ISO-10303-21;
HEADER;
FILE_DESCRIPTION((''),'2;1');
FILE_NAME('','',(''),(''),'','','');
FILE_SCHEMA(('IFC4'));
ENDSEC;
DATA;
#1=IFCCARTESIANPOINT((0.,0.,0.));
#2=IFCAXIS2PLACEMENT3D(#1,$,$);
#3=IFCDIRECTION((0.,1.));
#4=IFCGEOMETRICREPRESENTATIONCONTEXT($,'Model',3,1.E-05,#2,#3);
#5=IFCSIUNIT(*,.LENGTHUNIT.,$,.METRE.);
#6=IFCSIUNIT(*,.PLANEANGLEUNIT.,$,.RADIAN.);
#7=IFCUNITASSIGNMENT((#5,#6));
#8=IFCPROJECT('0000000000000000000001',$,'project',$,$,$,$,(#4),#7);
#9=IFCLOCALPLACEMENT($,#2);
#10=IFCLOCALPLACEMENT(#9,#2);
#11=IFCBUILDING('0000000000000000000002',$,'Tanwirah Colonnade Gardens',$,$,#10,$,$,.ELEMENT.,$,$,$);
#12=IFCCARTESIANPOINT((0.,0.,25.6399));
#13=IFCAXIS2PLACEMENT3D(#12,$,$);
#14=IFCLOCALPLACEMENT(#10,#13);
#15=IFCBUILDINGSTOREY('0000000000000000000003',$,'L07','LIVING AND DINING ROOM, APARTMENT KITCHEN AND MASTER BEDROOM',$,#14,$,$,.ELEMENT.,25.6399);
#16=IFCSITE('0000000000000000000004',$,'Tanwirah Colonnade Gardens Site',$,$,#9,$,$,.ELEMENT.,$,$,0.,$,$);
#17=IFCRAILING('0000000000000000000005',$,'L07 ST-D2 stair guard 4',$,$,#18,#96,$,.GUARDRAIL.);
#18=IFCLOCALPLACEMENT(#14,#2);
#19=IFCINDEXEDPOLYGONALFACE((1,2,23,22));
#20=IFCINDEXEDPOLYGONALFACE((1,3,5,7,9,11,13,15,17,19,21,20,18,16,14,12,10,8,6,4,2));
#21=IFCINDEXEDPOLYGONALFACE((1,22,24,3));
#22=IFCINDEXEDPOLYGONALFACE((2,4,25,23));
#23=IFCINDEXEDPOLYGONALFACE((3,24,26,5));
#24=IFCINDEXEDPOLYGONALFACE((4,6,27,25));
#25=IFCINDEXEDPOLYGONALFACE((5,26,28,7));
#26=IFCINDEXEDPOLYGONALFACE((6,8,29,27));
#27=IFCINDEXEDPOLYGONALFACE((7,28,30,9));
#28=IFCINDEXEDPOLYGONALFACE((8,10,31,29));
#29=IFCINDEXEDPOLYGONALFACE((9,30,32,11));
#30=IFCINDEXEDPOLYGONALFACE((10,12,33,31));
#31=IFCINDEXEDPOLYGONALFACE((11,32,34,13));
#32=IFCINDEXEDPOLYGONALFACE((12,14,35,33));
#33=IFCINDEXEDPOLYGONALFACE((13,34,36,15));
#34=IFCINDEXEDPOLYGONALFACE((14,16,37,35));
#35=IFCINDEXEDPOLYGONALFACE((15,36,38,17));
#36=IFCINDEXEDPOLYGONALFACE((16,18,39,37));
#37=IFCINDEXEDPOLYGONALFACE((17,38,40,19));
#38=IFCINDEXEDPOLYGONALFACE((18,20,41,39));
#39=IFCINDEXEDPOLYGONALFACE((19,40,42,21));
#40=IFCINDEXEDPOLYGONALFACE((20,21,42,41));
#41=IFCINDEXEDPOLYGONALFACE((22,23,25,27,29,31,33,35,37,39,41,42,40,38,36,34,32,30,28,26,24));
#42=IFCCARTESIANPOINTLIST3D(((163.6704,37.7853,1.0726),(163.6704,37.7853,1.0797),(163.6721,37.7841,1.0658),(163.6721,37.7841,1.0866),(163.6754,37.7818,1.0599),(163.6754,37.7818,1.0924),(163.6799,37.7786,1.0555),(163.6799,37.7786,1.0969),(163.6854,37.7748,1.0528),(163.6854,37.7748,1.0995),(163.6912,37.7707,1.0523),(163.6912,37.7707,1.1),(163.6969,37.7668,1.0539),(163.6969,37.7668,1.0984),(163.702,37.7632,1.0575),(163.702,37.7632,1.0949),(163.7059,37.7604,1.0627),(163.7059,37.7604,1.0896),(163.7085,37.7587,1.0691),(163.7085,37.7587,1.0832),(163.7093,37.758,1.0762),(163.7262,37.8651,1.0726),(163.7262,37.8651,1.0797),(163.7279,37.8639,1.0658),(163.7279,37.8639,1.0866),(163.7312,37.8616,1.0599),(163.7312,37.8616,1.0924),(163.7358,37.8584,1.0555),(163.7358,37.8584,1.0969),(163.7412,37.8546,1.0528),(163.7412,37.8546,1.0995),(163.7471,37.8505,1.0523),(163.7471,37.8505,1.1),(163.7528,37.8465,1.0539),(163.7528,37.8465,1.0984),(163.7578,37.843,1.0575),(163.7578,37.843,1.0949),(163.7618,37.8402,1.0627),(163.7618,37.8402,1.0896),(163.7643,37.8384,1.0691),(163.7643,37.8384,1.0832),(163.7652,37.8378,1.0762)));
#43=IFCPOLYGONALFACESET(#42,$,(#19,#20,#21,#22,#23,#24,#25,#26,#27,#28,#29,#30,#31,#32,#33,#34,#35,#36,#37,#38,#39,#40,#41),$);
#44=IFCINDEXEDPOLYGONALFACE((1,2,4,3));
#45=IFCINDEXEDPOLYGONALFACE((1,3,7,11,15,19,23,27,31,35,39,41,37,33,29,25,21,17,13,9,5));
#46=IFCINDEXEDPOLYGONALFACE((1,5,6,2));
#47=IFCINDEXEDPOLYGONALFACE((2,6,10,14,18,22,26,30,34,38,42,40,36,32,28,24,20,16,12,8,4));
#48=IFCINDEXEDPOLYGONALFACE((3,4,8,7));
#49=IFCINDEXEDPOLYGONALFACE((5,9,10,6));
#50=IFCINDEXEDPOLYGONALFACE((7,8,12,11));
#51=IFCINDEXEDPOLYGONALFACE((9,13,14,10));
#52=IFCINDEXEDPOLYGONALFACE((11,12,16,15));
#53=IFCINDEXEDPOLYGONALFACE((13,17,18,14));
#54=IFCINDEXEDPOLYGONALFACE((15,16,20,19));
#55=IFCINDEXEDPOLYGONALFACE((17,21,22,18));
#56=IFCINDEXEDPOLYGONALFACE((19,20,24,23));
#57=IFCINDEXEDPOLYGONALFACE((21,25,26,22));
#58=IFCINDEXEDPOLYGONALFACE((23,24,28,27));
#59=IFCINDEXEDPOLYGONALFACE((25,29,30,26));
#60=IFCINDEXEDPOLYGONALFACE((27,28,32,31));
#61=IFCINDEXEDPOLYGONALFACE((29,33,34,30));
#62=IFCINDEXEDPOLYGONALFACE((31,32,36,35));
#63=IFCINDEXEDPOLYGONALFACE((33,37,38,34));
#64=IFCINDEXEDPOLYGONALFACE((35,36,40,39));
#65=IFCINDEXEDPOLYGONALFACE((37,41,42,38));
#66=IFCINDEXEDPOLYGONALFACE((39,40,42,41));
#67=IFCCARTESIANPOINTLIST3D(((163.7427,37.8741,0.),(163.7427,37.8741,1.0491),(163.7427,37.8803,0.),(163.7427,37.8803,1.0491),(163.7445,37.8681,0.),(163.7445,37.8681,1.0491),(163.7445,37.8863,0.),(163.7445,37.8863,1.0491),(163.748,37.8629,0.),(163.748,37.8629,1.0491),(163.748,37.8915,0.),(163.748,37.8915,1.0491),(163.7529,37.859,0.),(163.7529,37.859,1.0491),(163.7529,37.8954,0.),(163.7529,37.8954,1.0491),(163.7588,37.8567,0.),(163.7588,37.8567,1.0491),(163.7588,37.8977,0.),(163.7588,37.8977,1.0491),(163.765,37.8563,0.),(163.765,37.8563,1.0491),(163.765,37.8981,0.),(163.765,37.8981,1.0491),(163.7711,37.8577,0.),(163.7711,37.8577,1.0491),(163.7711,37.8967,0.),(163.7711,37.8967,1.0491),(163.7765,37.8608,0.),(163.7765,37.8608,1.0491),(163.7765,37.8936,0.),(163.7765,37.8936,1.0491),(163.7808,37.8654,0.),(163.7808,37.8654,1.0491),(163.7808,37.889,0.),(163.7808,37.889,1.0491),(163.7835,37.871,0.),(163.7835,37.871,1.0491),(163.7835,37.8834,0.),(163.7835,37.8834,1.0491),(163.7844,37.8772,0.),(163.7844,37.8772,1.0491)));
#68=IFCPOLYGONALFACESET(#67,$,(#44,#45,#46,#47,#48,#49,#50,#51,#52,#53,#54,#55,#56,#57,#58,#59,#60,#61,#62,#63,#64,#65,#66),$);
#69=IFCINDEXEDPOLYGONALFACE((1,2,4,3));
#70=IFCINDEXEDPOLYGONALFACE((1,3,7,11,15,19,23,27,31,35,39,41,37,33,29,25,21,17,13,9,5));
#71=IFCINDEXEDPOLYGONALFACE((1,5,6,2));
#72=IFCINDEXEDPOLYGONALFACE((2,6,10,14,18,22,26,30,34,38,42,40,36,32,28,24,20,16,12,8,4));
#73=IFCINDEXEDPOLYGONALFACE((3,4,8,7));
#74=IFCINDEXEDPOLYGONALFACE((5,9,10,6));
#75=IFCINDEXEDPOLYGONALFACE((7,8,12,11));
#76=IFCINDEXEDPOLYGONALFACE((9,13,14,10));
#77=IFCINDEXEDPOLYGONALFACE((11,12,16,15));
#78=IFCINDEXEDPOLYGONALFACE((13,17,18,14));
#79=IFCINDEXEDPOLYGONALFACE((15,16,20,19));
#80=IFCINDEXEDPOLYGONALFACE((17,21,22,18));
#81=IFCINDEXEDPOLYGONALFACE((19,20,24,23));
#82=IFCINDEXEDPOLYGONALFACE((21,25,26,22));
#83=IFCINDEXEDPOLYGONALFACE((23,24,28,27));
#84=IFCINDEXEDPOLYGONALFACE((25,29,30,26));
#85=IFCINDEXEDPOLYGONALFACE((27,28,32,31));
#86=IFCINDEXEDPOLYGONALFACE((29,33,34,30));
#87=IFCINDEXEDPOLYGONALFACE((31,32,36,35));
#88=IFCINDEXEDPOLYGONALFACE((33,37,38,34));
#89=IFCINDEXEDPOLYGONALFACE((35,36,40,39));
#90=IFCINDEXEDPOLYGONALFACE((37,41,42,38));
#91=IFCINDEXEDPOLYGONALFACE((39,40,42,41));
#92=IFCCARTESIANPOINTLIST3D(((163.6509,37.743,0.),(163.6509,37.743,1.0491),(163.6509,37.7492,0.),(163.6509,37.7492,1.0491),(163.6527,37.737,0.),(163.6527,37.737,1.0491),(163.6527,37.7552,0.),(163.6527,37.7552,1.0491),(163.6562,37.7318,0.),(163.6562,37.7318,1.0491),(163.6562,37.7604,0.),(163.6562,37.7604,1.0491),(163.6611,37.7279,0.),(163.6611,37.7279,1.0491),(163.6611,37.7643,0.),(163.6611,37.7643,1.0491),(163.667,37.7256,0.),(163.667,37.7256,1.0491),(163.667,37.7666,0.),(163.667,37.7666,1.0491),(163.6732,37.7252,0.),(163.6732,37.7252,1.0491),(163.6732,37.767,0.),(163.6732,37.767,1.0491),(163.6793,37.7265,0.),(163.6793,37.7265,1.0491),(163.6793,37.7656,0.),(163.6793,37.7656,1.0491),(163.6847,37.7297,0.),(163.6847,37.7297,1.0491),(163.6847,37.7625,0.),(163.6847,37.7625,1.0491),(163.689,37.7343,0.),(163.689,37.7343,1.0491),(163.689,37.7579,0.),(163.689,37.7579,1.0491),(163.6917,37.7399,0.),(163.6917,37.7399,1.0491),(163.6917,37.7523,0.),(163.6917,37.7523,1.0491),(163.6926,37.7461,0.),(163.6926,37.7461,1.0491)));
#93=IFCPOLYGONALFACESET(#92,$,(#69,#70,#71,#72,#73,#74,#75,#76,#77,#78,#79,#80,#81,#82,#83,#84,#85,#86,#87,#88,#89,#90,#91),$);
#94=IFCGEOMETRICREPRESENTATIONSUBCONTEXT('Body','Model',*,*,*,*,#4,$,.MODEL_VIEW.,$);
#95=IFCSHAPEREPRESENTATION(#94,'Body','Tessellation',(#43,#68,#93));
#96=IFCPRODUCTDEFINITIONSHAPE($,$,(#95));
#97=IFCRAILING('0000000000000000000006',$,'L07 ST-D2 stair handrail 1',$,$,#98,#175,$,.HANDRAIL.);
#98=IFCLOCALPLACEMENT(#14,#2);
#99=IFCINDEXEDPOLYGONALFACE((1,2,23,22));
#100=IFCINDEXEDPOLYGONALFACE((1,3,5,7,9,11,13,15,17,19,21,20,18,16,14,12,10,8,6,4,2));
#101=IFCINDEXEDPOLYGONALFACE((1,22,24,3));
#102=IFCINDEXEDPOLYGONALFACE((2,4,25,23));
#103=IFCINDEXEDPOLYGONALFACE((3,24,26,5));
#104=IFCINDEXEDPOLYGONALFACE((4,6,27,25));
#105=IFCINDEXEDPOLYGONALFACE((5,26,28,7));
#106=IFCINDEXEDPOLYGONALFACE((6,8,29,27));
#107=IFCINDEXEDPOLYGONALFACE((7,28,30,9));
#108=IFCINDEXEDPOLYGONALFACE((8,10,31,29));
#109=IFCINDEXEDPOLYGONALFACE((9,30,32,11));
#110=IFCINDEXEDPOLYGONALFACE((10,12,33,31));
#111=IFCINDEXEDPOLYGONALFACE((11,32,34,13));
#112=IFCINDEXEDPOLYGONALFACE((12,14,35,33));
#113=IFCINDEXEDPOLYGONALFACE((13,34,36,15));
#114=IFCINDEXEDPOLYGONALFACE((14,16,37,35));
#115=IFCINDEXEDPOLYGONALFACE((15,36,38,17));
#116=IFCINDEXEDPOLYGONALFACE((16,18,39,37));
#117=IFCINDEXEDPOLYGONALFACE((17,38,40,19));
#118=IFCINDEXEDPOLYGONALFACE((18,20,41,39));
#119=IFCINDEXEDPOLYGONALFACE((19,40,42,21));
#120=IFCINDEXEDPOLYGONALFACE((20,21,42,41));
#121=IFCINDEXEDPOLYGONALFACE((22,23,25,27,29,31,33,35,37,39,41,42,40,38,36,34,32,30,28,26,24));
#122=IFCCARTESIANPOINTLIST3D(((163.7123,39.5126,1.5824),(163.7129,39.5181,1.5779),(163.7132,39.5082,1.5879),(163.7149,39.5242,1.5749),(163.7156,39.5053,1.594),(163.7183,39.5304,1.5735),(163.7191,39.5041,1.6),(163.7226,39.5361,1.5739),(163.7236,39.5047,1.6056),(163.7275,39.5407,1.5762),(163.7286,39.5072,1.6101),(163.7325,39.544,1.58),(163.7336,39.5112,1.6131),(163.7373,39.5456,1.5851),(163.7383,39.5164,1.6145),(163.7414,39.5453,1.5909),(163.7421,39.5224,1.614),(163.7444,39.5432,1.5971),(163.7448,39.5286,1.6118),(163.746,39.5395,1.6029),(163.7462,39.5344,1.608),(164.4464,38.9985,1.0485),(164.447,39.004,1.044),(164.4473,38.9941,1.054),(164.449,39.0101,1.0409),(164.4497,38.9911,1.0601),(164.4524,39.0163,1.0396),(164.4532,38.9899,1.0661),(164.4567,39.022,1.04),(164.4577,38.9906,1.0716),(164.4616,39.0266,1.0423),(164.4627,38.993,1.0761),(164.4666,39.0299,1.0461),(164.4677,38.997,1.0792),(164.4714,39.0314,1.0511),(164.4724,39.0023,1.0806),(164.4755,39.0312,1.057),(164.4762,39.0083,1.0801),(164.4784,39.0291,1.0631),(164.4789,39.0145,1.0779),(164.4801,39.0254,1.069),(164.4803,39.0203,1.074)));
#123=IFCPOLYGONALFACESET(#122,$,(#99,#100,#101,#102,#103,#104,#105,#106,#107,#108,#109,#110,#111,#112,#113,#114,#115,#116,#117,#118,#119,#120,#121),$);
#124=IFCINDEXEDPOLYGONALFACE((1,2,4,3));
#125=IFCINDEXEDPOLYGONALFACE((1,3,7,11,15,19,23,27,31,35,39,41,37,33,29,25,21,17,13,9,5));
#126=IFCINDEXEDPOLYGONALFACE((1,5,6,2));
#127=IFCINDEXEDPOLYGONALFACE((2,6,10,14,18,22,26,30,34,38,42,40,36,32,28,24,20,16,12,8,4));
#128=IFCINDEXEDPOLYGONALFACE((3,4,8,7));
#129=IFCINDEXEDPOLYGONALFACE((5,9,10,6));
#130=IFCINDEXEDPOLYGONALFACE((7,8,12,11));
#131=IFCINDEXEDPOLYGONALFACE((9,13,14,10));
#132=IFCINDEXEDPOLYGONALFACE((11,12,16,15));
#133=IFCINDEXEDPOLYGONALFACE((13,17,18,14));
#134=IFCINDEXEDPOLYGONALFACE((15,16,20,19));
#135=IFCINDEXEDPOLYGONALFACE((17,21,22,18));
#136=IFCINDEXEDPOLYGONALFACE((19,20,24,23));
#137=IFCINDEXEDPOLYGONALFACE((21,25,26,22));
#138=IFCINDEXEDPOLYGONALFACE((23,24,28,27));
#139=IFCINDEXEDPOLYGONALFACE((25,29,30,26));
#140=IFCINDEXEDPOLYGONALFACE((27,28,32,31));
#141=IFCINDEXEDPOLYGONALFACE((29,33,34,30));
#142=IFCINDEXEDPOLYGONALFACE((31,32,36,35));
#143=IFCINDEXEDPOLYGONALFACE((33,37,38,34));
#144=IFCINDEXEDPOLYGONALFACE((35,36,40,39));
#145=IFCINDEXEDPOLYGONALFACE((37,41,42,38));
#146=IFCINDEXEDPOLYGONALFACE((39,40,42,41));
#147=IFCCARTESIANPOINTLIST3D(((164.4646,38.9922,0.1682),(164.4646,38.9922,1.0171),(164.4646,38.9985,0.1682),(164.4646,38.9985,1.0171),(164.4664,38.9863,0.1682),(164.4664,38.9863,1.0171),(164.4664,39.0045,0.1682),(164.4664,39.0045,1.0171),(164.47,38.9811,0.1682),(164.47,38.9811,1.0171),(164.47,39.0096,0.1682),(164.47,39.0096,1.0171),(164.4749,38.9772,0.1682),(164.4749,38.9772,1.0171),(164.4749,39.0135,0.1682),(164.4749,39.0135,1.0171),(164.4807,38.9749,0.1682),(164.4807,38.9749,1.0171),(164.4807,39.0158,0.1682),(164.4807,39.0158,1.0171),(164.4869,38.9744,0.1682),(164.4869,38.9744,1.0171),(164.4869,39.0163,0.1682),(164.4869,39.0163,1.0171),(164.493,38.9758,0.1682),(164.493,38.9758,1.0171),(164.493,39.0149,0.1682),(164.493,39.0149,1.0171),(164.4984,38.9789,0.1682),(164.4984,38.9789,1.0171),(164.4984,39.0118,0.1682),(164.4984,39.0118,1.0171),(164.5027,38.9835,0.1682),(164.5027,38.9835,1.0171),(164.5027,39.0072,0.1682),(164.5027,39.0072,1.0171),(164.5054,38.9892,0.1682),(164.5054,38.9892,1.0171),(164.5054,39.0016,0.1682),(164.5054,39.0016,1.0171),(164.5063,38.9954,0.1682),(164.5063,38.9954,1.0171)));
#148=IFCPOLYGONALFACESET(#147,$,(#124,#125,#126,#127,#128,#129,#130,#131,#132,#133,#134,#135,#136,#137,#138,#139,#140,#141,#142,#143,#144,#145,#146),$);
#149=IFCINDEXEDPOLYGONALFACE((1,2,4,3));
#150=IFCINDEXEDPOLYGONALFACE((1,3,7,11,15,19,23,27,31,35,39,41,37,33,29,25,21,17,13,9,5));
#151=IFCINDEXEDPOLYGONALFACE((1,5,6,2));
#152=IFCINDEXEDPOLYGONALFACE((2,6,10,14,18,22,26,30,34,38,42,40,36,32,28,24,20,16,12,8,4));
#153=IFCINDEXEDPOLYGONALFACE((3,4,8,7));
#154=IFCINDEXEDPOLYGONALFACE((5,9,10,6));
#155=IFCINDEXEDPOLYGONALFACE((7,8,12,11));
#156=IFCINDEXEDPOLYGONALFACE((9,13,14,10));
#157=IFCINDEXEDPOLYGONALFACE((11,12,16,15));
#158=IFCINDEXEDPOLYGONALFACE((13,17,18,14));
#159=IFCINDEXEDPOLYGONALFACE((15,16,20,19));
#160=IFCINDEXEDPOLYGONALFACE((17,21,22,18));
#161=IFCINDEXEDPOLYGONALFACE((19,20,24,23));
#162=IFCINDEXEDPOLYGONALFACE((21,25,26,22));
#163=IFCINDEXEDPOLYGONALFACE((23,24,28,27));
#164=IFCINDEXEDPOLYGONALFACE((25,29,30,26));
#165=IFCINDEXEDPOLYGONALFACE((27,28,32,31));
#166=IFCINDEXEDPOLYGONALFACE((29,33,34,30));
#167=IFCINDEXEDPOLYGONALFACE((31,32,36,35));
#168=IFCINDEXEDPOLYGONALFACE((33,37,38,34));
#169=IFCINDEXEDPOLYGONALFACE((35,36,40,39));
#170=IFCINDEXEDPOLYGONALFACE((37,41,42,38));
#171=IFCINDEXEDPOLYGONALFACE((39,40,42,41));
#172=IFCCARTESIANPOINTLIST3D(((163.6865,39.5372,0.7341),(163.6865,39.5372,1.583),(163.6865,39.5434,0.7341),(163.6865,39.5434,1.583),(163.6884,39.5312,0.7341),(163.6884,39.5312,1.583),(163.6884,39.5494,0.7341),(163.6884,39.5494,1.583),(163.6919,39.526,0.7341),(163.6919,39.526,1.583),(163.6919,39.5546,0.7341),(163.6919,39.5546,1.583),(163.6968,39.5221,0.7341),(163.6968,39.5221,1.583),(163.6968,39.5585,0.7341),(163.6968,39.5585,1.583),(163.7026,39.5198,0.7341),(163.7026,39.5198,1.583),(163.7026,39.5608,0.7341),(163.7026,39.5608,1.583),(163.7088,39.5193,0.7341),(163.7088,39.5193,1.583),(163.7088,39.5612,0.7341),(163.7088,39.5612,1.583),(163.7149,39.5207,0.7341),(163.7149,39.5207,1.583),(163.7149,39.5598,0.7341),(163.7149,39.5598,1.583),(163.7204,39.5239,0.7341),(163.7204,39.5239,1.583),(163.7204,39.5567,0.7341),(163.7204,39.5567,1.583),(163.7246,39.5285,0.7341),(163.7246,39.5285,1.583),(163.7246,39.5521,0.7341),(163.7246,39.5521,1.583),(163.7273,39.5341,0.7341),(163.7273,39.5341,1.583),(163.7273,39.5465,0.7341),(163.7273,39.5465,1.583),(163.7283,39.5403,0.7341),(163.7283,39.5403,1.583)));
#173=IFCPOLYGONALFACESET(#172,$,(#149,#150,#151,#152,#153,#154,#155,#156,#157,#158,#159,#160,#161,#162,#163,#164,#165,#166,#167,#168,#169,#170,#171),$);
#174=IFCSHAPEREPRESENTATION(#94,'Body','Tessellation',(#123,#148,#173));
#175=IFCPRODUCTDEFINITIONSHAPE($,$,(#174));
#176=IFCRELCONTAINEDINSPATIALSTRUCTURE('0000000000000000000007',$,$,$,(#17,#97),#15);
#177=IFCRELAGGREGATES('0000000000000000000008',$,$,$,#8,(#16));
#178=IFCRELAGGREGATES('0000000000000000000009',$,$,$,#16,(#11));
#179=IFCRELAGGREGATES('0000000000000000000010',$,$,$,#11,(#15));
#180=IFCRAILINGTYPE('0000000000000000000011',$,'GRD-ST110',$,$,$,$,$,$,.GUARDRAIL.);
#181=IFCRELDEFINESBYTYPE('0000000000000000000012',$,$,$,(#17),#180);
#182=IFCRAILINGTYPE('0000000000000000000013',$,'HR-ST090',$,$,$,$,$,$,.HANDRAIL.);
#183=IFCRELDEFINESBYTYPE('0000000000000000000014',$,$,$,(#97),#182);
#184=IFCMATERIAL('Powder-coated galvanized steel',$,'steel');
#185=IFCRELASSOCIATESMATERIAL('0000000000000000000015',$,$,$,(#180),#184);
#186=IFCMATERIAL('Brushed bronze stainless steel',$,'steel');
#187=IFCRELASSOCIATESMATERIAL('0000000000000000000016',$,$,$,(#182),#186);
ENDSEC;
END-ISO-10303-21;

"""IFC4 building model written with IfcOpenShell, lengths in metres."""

from ifc_helpers import new_model, si_unit, direction, frame, origin, origin_2d, place, context, subcontext, project, spatial, circle, extrude, material, type_object, element, save


model = new_model("IFC4")

# Units and contexts
model_context = context("Model", 3, precision=1e-05, world=origin(), true_north=direction((0.0, 1.0)))
body_context = subcontext(model_context, "Body", "Model", "MODEL_VIEW")
ifc_project = project(units=[si_unit("LENGTHUNIT", "METRE"), si_unit("PLANEANGLEUNIT", "RADIAN")], contexts=[model_context])

# Site, building, storey
site_placement = place(None, origin())
site = spatial("IfcSite", under=ifc_project, at=site_placement, Name="Tanwirah Colonnade Gardens Site", CompositionType="ELEMENT", RefElevation=0.0)
building_placement = place(site_placement, origin())
building = spatial("IfcBuilding", under=site, at=building_placement, Name="Tanwirah Colonnade Gardens", CompositionType="ELEMENT")
storey_placement = place(building_placement, frame((0.0, 0.0, 25.6399)))
storey = spatial("IfcBuildingStorey", under=building, at=storey_placement, Name="L07", Description="LIVING AND DINING ROOM, APARTMENT KITCHEN AND MASTER BEDROOM", CompositionType="ELEMENT", Elevation=25.6399)

# Railings
ifc_material_1 = material(Name="Powder-coated galvanized steel", Category="steel")
railing_type_1 = type_object("IfcRailingType", Name="GRD-ST110", PredefinedType="GUARDRAIL", material=ifc_material_1)
railing_1_placement = place(storey_placement, frame((163.7634, 37.8772, 0.0)))
element("IfcRailing", 1, at=railing_1_placement, inside=storey, type_object=railing_type_1, Name="L07 ST-D2 stair guard 4", PredefinedType="GUARDRAIL", context=body_context, shape_type="SweptSolid", body=[
    extrude(circle(Radius=0.0239, at=origin_2d()), frame((-0.0178, -0.0256, 1.0762), z_axis=(-0.573565, -0.81916, 0.0), x_axis=(0.81916, -0.573565, 0.0)), (0.0, 0.0, 1.0), 0.0974),
    extrude(circle(Radius=0.021, at=origin_2d()), origin(), (0.0, 0.0, 1.0), 1.0491),
    extrude(circle(Radius=0.021, at=origin_2d()), frame((-0.0918, -0.1311, 0.0)), (0.0, 0.0, 1.0), 1.0491),
])
ifc_material_2 = material(Name="Brushed bronze stainless steel", Category="steel")
railing_type_2 = type_object("IfcRailingType", Name="HR-ST090", PredefinedType="HANDRAIL", material=ifc_material_2)
railing_2_placement = place(storey_placement, frame((164.4854, 38.9954, 0.1682)))
element("IfcRailing", 2, at=railing_2_placement, inside=storey, type_object=railing_type_2, Name="L07 ST-D2 stair handrail 1", PredefinedType="HANDRAIL", context=body_context, shape_type="SweptSolid", body=[
    extrude(circle(Radius=0.0239, at=origin_2d()), frame((-0.022, 0.0154, 0.8918), z_axis=(-0.703686, 0.492823, 0.511812), x_axis=(-0.573652, -0.819099, 0.0)), (0.0, 0.0, 1.0), 1.0432),
    extrude(circle(Radius=0.021, at=origin_2d()), origin(), (0.0, 0.0, 1.0), 0.8489),
    extrude(circle(Radius=0.021, at=origin_2d()), frame((-0.7781, 0.5449, 0.5659)), (0.0, 0.0, 1.0), 0.8489),
])

save(model, "model.ifc")
